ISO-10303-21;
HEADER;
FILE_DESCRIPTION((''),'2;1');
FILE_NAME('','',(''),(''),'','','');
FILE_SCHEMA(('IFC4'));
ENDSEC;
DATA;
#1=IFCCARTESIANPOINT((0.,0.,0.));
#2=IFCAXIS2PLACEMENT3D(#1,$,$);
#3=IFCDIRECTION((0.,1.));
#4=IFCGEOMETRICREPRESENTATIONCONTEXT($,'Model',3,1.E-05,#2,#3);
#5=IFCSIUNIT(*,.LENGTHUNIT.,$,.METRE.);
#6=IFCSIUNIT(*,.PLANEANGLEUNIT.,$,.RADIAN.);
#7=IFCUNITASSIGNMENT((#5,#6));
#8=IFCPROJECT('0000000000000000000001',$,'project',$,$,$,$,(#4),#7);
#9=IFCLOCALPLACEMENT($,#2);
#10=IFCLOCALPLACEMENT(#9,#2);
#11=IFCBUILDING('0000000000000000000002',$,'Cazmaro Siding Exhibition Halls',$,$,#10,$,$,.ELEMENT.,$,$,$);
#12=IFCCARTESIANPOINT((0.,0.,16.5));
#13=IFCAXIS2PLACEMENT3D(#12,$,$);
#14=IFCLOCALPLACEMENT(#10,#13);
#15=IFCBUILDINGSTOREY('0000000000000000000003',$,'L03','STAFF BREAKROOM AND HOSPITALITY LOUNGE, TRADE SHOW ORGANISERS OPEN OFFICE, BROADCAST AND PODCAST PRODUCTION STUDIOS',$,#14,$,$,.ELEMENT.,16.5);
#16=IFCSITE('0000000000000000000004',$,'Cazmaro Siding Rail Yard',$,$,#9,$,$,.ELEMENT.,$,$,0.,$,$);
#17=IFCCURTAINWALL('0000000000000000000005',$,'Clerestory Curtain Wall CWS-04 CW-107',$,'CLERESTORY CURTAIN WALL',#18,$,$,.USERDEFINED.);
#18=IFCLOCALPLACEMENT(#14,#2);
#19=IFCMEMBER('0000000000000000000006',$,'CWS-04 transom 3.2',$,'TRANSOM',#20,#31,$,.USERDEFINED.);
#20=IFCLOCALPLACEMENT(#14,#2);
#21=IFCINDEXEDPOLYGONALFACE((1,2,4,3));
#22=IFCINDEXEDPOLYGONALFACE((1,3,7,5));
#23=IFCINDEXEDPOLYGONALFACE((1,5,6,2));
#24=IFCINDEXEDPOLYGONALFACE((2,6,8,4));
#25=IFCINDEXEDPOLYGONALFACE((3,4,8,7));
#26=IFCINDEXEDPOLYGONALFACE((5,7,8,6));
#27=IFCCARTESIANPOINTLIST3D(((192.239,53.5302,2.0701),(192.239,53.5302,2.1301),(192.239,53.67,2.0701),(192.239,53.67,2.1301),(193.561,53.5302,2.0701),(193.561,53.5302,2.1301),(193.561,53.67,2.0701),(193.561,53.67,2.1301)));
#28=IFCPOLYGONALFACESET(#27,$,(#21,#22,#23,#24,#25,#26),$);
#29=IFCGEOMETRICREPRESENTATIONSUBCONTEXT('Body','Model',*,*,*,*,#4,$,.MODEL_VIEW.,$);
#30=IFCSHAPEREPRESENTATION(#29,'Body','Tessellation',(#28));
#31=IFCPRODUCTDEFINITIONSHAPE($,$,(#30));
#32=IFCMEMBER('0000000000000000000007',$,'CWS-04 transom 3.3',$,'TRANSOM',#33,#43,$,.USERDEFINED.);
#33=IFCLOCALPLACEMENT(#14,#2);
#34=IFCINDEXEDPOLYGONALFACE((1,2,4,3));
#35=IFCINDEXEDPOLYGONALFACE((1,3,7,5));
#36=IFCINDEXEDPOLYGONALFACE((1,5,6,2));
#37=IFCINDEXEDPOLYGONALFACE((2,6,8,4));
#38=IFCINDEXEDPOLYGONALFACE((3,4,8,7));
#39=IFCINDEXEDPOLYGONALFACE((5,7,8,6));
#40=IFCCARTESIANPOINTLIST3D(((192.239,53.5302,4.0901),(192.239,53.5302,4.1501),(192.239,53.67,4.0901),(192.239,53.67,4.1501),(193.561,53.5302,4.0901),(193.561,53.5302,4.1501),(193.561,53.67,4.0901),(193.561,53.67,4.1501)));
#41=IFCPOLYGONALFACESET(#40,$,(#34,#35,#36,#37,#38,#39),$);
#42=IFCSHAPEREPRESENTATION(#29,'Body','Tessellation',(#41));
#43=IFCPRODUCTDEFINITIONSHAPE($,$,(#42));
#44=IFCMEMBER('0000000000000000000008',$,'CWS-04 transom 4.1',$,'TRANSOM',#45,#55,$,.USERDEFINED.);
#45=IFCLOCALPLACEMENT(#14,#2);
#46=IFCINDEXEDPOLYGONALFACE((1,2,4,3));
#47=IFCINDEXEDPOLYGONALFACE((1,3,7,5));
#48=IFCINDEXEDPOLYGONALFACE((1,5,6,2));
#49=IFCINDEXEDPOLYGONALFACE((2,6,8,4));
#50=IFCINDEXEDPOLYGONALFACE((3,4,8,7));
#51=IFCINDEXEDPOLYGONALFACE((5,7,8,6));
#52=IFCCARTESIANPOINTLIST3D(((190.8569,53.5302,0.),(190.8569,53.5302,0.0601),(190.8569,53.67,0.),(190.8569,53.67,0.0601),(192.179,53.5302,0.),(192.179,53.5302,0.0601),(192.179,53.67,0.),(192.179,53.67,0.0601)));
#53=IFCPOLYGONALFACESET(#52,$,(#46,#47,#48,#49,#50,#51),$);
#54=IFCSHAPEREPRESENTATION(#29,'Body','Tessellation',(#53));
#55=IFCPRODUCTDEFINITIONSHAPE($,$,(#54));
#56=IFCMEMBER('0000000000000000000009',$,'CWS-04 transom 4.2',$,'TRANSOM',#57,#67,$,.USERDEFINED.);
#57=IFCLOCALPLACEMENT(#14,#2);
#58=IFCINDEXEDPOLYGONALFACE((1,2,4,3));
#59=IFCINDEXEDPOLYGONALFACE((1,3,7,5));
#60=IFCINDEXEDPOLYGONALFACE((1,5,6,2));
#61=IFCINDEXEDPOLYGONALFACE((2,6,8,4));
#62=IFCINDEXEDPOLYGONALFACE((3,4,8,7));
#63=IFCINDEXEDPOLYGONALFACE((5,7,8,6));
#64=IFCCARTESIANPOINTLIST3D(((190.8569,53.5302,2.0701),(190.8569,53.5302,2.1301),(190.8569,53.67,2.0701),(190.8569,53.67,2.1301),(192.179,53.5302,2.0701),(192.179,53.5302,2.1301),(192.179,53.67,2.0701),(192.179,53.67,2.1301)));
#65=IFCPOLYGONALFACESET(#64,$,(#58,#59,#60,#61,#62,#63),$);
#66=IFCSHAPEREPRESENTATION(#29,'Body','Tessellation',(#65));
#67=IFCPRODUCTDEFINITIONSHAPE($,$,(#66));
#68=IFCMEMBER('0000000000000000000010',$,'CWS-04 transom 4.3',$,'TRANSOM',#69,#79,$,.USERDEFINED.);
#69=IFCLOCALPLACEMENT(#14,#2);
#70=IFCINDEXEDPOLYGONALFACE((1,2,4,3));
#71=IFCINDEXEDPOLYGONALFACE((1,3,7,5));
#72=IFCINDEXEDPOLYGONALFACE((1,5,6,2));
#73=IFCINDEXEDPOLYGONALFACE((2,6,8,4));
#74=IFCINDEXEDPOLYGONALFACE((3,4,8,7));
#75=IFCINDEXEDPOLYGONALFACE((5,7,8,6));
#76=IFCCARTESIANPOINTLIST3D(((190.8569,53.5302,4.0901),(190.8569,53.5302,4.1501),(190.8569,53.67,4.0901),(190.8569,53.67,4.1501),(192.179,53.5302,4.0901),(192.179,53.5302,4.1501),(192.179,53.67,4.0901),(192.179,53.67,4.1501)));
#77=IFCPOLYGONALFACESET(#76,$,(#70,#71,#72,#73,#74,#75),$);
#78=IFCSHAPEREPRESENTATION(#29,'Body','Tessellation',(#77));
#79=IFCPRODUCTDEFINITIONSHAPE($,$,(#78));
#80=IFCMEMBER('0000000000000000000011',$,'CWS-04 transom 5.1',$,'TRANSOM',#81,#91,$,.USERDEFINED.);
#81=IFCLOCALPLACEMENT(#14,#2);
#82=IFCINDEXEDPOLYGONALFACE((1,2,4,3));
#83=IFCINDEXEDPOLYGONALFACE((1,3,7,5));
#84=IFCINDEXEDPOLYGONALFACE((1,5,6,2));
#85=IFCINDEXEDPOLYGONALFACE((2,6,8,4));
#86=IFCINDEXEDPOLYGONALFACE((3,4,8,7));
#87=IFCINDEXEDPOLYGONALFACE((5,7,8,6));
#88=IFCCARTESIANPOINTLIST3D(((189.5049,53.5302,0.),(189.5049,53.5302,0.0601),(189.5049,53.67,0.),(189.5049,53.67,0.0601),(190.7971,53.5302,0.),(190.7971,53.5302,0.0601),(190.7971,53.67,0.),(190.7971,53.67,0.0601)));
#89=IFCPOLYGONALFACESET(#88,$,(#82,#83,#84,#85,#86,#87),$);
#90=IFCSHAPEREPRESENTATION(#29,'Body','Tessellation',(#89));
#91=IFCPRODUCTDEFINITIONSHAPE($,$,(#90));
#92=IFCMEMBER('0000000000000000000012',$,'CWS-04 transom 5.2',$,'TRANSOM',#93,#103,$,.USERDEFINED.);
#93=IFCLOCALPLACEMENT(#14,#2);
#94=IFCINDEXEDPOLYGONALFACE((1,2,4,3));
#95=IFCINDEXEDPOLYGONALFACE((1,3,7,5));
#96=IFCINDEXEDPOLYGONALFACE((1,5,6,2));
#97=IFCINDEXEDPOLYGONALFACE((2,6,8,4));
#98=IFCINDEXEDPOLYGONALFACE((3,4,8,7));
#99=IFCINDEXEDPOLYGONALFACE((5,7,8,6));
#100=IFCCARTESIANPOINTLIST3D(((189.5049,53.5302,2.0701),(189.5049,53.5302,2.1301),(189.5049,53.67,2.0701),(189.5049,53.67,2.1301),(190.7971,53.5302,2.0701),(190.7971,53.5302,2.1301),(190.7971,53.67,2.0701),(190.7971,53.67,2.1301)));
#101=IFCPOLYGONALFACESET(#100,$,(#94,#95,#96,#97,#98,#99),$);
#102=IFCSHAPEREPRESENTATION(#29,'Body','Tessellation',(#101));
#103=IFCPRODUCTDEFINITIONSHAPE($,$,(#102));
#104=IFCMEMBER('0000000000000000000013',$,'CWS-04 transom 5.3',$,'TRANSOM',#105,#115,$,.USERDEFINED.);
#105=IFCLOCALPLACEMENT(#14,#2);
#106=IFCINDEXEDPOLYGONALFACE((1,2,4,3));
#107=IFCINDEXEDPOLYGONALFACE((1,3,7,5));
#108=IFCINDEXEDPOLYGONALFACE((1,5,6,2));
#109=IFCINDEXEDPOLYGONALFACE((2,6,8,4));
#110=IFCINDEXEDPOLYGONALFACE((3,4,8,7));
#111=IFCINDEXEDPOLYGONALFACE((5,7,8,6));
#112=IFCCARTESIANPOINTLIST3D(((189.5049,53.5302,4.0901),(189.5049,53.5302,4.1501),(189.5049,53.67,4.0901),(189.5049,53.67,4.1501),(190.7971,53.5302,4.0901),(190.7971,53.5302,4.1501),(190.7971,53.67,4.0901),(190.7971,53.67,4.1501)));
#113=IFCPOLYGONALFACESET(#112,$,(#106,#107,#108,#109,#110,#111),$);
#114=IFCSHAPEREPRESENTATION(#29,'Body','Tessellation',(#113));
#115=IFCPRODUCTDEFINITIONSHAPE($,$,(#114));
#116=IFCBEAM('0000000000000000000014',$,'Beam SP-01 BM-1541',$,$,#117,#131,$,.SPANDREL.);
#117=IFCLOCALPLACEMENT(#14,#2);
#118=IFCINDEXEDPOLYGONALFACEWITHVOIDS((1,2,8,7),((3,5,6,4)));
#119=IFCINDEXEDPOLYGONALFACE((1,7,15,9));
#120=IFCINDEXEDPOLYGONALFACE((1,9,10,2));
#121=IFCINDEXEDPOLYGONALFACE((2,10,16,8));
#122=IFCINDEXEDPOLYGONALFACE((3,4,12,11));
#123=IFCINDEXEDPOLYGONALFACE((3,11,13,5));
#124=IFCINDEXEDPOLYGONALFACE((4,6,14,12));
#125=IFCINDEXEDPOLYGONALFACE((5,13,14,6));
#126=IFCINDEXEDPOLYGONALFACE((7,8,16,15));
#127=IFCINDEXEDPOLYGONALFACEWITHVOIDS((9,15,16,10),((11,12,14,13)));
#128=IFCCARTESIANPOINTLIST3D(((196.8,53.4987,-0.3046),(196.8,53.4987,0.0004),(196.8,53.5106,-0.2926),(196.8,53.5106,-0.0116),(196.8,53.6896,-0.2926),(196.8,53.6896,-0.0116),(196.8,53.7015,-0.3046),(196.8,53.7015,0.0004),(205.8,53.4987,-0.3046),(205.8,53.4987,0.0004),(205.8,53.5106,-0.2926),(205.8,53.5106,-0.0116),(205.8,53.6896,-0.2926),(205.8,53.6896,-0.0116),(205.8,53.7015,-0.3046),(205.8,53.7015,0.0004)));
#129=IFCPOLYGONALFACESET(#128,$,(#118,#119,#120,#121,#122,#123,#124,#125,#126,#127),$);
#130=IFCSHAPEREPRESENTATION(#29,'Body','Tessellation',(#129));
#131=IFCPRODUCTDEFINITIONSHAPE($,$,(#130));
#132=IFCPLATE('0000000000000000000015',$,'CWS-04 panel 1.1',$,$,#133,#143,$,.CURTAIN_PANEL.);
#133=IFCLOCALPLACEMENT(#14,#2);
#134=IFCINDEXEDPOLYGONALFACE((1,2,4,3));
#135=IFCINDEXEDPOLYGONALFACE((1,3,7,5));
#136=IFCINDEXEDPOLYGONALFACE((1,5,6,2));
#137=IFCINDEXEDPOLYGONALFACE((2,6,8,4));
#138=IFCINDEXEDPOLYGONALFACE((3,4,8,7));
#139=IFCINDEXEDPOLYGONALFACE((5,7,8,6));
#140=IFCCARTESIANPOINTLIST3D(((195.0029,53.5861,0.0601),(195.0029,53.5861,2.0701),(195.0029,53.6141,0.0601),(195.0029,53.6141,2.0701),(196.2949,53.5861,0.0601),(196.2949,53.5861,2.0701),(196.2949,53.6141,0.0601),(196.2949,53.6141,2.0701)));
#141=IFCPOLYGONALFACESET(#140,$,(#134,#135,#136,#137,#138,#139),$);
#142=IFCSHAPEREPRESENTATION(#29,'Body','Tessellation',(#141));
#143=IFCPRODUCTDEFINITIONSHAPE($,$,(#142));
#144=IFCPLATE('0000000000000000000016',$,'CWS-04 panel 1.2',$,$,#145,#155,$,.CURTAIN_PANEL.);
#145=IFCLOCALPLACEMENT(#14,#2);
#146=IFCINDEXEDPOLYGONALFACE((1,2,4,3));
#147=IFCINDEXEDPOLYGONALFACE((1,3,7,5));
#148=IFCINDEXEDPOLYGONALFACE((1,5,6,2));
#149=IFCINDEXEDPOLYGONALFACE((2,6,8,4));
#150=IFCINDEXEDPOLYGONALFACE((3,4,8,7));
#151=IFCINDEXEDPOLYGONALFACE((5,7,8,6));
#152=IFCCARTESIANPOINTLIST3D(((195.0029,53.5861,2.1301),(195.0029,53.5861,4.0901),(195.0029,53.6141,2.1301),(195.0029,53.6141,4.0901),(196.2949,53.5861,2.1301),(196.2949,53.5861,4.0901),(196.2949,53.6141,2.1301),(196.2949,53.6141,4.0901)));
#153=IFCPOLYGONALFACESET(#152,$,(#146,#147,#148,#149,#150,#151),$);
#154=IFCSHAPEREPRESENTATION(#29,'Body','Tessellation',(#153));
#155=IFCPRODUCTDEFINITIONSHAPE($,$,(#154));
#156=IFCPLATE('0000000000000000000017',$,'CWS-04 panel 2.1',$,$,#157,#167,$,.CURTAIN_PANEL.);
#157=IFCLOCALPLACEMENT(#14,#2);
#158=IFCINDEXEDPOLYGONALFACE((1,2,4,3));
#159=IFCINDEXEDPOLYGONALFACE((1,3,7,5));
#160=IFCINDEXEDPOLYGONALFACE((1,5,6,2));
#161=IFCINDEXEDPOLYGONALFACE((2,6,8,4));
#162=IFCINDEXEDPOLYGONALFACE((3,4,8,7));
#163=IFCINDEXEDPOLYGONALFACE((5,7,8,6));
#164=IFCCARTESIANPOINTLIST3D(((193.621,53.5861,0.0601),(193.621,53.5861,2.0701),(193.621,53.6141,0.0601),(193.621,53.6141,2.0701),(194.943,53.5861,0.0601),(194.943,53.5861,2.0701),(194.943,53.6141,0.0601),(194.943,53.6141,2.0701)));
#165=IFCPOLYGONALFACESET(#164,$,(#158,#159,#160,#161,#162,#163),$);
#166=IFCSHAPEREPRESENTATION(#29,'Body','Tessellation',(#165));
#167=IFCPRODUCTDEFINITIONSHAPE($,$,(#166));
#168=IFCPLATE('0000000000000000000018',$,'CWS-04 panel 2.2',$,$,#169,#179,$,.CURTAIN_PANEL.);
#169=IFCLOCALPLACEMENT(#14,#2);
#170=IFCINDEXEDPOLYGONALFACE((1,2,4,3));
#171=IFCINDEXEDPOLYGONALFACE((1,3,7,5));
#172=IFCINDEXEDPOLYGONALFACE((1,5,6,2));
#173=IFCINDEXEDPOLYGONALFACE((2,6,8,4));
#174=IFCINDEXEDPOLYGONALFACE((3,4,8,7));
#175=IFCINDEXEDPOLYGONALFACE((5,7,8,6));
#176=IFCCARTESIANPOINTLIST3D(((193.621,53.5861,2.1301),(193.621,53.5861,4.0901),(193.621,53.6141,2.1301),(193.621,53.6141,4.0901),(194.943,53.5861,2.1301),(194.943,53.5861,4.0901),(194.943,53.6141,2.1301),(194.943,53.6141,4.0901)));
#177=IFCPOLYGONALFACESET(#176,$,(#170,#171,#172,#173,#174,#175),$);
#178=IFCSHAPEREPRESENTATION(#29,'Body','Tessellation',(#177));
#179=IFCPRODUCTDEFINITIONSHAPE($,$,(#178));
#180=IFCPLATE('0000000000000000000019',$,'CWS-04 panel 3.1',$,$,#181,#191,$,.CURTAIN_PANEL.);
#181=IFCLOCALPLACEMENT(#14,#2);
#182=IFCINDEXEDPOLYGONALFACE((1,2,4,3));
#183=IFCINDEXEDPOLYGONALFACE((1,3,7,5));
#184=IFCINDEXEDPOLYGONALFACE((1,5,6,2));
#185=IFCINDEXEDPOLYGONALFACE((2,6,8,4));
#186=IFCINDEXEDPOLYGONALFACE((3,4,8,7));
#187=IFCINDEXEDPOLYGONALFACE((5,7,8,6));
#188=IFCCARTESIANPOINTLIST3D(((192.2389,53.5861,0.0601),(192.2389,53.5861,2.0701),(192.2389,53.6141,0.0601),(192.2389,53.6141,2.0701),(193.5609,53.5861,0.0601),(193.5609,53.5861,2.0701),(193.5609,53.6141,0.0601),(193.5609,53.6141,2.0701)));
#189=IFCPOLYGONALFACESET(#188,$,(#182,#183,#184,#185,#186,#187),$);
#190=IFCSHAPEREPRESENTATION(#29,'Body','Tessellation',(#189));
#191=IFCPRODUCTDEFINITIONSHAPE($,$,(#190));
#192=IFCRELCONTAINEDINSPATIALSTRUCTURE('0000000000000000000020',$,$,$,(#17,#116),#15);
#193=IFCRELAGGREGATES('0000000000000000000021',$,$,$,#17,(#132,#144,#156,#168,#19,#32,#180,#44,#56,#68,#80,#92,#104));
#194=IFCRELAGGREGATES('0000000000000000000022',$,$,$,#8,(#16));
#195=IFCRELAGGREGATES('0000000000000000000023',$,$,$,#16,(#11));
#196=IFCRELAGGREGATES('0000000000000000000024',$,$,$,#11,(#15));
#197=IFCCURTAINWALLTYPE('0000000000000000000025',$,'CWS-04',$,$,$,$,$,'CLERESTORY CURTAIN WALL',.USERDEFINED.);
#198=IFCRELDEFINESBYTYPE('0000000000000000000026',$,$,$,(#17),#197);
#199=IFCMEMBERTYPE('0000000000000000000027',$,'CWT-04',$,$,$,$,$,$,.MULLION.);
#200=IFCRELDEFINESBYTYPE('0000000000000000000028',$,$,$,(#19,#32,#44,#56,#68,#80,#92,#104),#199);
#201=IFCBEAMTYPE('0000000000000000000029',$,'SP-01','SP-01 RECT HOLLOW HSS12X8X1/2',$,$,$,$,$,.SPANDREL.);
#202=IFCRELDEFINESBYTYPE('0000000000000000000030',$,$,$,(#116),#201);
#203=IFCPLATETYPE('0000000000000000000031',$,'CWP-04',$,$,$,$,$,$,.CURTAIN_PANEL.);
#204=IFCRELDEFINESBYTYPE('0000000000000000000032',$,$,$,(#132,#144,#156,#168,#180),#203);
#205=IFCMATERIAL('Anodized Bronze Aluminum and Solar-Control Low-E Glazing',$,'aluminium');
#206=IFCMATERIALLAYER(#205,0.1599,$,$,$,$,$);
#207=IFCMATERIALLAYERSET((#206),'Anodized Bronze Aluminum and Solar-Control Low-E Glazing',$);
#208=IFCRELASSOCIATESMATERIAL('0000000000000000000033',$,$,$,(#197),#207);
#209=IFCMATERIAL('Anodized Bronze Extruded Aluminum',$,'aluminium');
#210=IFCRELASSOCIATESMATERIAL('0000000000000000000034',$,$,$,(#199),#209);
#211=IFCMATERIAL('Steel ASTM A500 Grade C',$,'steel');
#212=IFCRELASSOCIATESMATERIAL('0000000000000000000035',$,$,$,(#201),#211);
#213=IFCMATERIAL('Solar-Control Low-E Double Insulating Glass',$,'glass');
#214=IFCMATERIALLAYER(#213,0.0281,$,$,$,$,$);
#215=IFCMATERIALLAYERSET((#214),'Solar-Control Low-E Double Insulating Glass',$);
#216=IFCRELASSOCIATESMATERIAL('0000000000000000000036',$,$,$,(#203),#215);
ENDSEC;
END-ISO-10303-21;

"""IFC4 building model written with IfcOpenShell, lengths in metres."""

from ifc_helpers import new_model, si_unit, direction, frame, origin, origin_2d, place, context, subcontext, project, spatial, rectangle, hollow_rectangle, extrude, material, layer, layer_set, material_profile, profile_set, type_object, element, aggregate, save


model = new_model("IFC4")

# Units and contexts
model_context = context("Model", 3, precision=1e-05, world=origin(), true_north=direction((0.0, 1.0)))
body_context = subcontext(model_context, "Body", "Model", "MODEL_VIEW")
ifc_project = project(units=[si_unit("LENGTHUNIT", "METRE"), si_unit("PLANEANGLEUNIT", "RADIAN")], contexts=[model_context])

# Site, building, storey
site_placement = place(None, origin())
site = spatial("IfcSite", under=ifc_project, at=site_placement, Name="Cazmaro Siding Rail Yard", CompositionType="ELEMENT", RefElevation=0.0)
building_placement = place(site_placement, origin())
building = spatial("IfcBuilding", under=site, at=building_placement, Name="Cazmaro Siding Exhibition Halls", CompositionType="ELEMENT")
storey_placement = place(building_placement, frame((0.0, 0.0, 16.5)))
storey = spatial("IfcBuildingStorey", under=building, at=storey_placement, Name="L03", Description="STAFF BREAKROOM AND HOSPITALITY LOUNGE, TRADE SHOW ORGANISERS OPEN OFFICE, BROADCAST AND PODCAST PRODUCTION STUDIOS", CompositionType="ELEMENT", Elevation=16.5)

# Curtain wall, members
ifc_material_1 = material(Name="Anodized Bronze Aluminum and Solar-Control Low-E Glazing", Category="aluminium")
ifc_layer_1 = layer(ifc_material_1, 0.1599)
ifc_layer_set_1 = layer_set([ifc_layer_1], Name="Anodized Bronze Aluminum and Solar-Control Low-E Glazing")
curtain_wall_type = type_object("IfcCurtainWallType", Name="CWS-04", ElementType="CLERESTORY CURTAIN WALL", PredefinedType="USERDEFINED", material=ifc_layer_set_1)
curtain_wall_placement = place(storey_placement, origin())
curtain_wall = element("IfcCurtainWall", 1, at=curtain_wall_placement, inside=storey, type_object=curtain_wall_type, Name="Clerestory Curtain Wall CWS-04 CW-107", ObjectType="CLERESTORY CURTAIN WALL", PredefinedType="USERDEFINED")
ifc_material_2 = material(Name="Anodized Bronze Extruded Aluminum", Category="aluminium")
ifc_material_profile_1 = material_profile(ifc_material_2, rectangle(XDim=0.1399, YDim=0.0601, at=origin_2d()), Name="CWT-04")
ifc_profile_set_1 = profile_set([ifc_material_profile_1], Name="Anodized Bronze Extruded Aluminum")
member_type_1 = type_object("IfcMemberType", Name="CWT-04", PredefinedType="MULLION", material=ifc_profile_set_1)
member_1_placement = place(storey_placement, frame((193.561, 53.6001, 2.1001), z_axis=(-1.0, 0.0, 0.0), x_axis=(0.0, -1.0, 0.0)))
member_1 = element("IfcMember", 2, at=member_1_placement, type_object=member_type_1, Name="CWS-04 transom 3.2", ObjectType="TRANSOM", PredefinedType="USERDEFINED", context=body_context, shape_type="SweptSolid", body=[
    extrude(rectangle(XDim=0.1399, YDim=0.0601, at=origin_2d()), origin(), (0.0, 0.0, 1.0), 1.322),
])
member_2_placement = place(storey_placement, frame((193.561, 53.6001, 4.1201), z_axis=(-1.0, 0.0, 0.0), x_axis=(0.0, -1.0, 0.0)))
member_2 = element("IfcMember", 3, at=member_2_placement, type_object=member_type_1, Name="CWS-04 transom 3.3", ObjectType="TRANSOM", PredefinedType="USERDEFINED", context=body_context, shape_type="SweptSolid", body=[
    extrude(rectangle(XDim=0.1399, YDim=0.0601, at=origin_2d()), origin(), (0.0, 0.0, 1.0), 1.322),
])
member_3_placement = place(storey_placement, frame((192.179, 53.6001, 0.03), z_axis=(-1.0, 0.0, 0.0), x_axis=(0.0, -1.0, 0.0)))
member_3 = element("IfcMember", 4, at=member_3_placement, type_object=member_type_1, Name="CWS-04 transom 4.1", ObjectType="TRANSOM", PredefinedType="USERDEFINED", context=body_context, shape_type="SweptSolid", body=[
    extrude(rectangle(XDim=0.1399, YDim=0.0601, at=origin_2d()), origin(), (0.0, 0.0, 1.0), 1.322),
])
member_4_placement = place(storey_placement, frame((192.179, 53.6001, 2.1001), z_axis=(-1.0, 0.0, 0.0), x_axis=(0.0, -1.0, 0.0)))
member_4 = element("IfcMember", 5, at=member_4_placement, type_object=member_type_1, Name="CWS-04 transom 4.2", ObjectType="TRANSOM", PredefinedType="USERDEFINED", context=body_context, shape_type="SweptSolid", body=[
    extrude(rectangle(XDim=0.1399, YDim=0.0601, at=origin_2d()), origin(), (0.0, 0.0, 1.0), 1.322),
])
member_5_placement = place(storey_placement, frame((192.179, 53.6001, 4.1201), z_axis=(-1.0, 0.0, 0.0), x_axis=(0.0, -1.0, 0.0)))
member_5 = element("IfcMember", 6, at=member_5_placement, type_object=member_type_1, Name="CWS-04 transom 4.3", ObjectType="TRANSOM", PredefinedType="USERDEFINED", context=body_context, shape_type="SweptSolid", body=[
    extrude(rectangle(XDim=0.1399, YDim=0.0601, at=origin_2d()), origin(), (0.0, 0.0, 1.0), 1.322),
])
member_6_placement = place(storey_placement, frame((190.7971, 53.6001, 0.03), z_axis=(-1.0, 0.0, 0.0), x_axis=(0.0, -1.0, 0.0)))
member_6 = element("IfcMember", 7, at=member_6_placement, type_object=member_type_1, Name="CWS-04 transom 5.1", ObjectType="TRANSOM", PredefinedType="USERDEFINED", context=body_context, shape_type="SweptSolid", body=[
    extrude(rectangle(XDim=0.1399, YDim=0.0601, at=origin_2d()), origin(), (0.0, 0.0, 1.0), 1.2922),
])
member_7_placement = place(storey_placement, frame((190.7971, 53.6001, 2.1001), z_axis=(-1.0, 0.0, 0.0), x_axis=(0.0, -1.0, 0.0)))
member_7 = element("IfcMember", 8, at=member_7_placement, type_object=member_type_1, Name="CWS-04 transom 5.2", ObjectType="TRANSOM", PredefinedType="USERDEFINED", context=body_context, shape_type="SweptSolid", body=[
    extrude(rectangle(XDim=0.1399, YDim=0.0601, at=origin_2d()), origin(), (0.0, 0.0, 1.0), 1.2922),
])
member_8_placement = place(storey_placement, frame((190.7971, 53.6001, 4.1201), z_axis=(-1.0, 0.0, 0.0), x_axis=(0.0, -1.0, 0.0)))
member_8 = element("IfcMember", 9, at=member_8_placement, type_object=member_type_1, Name="CWS-04 transom 5.3", ObjectType="TRANSOM", PredefinedType="USERDEFINED", context=body_context, shape_type="SweptSolid", body=[
    extrude(rectangle(XDim=0.1399, YDim=0.0601, at=origin_2d()), origin(), (0.0, 0.0, 1.0), 1.2922),
])

# Beam
ifc_material_3 = material(Name="Steel ASTM A500 Grade C", Category="steel")
ifc_material_profile_2 = material_profile(ifc_material_3, hollow_rectangle(XDim=0.2029, YDim=0.3049, WallThickness=0.012, at=origin_2d()), Name="HSS12X8X1/2")
ifc_profile_set_2 = profile_set([ifc_material_profile_2], Name="Steel ASTM A500 Grade C")
beam_type = type_object("IfcBeamType", Name="SP-01", Description="SP-01 RECT HOLLOW HSS12X8X1/2", PredefinedType="SPANDREL", material=ifc_profile_set_2)
beam_placement = place(storey_placement, frame((196.8, 53.6001, -0.1521), z_axis=(1.0, 0.0, 0.0), x_axis=(0.0, 1.0, 0.0)))
element("IfcBeam", 10, at=beam_placement, inside=storey, type_object=beam_type, Name="Beam SP-01 BM-1541", PredefinedType="SPANDREL", context=body_context, shape_type="SweptSolid", body=[
    extrude(hollow_rectangle(XDim=0.2029, YDim=0.3049, WallThickness=0.012, at=origin_2d()), origin(), (0.0, 0.0, 1.0), 9.0),
])

# Plates
ifc_material_4 = material(Name="Solar-Control Low-E Double Insulating Glass", Category="glass")
ifc_layer_2 = layer(ifc_material_4, 0.0281)
ifc_layer_set_2 = layer_set([ifc_layer_2], Name="Solar-Control Low-E Double Insulating Glass")
plate_type = type_object("IfcPlateType", Name="CWP-04", PredefinedType="CURTAIN_PANEL", material=ifc_layer_set_2)
plate_1_placement = place(storey_placement, frame((195.6489, 53.6001, 0.0601), z_axis=(0.0, 0.0, 1.0), x_axis=(-1.0, 0.0, 0.0)))
plate_1 = element("IfcPlate", 11, at=plate_1_placement, type_object=plate_type, Name="CWS-04 panel 1.1", PredefinedType="CURTAIN_PANEL", context=body_context, shape_type="SweptSolid", body=[
    extrude(rectangle(XDim=1.292, YDim=0.0281, at=origin_2d()), origin(), (0.0, 0.0, 1.0), 2.01),
])
plate_2_placement = place(storey_placement, frame((195.6489, 53.6001, 2.1301), z_axis=(0.0, 0.0, 1.0), x_axis=(-1.0, 0.0, 0.0)))
plate_2 = element("IfcPlate", 12, at=plate_2_placement, type_object=plate_type, Name="CWS-04 panel 1.2", PredefinedType="CURTAIN_PANEL", context=body_context, shape_type="SweptSolid", body=[
    extrude(rectangle(XDim=1.292, YDim=0.0281, at=origin_2d()), origin(), (0.0, 0.0, 1.0), 1.96),
])
plate_3_placement = place(storey_placement, frame((194.282, 53.6001, 0.0601), z_axis=(0.0, 0.0, 1.0), x_axis=(-1.0, 0.0, 0.0)))
plate_3 = element("IfcPlate", 13, at=plate_3_placement, type_object=plate_type, Name="CWS-04 panel 2.1", PredefinedType="CURTAIN_PANEL", context=body_context, shape_type="SweptSolid", body=[
    extrude(rectangle(XDim=1.322, YDim=0.0281, at=origin_2d()), origin(), (0.0, 0.0, 1.0), 2.01),
])
plate_4_placement = place(storey_placement, frame((194.282, 53.6001, 2.1301), z_axis=(0.0, 0.0, 1.0), x_axis=(-1.0, 0.0, 0.0)))
plate_4 = element("IfcPlate", 14, at=plate_4_placement, type_object=plate_type, Name="CWS-04 panel 2.2", PredefinedType="CURTAIN_PANEL", context=body_context, shape_type="SweptSolid", body=[
    extrude(rectangle(XDim=1.322, YDim=0.0281, at=origin_2d()), origin(), (0.0, 0.0, 1.0), 1.96),
])
plate_5_placement = place(storey_placement, frame((192.8999, 53.6001, 0.0601), z_axis=(0.0, 0.0, 1.0), x_axis=(-1.0, 0.0, 0.0)))
plate_5 = element("IfcPlate", 15, at=plate_5_placement, type_object=plate_type, Name="CWS-04 panel 3.1", PredefinedType="CURTAIN_PANEL", context=body_context, shape_type="SweptSolid", body=[
    extrude(rectangle(XDim=1.322, YDim=0.0281, at=origin_2d()), origin(), (0.0, 0.0, 1.0), 2.01),
])
aggregate(curtain_wall, [plate_1, plate_2, plate_3, plate_4, member_1, member_2, plate_5, member_3, member_4, member_5, member_6, member_7, member_8])

save(model, "model.ifc")
